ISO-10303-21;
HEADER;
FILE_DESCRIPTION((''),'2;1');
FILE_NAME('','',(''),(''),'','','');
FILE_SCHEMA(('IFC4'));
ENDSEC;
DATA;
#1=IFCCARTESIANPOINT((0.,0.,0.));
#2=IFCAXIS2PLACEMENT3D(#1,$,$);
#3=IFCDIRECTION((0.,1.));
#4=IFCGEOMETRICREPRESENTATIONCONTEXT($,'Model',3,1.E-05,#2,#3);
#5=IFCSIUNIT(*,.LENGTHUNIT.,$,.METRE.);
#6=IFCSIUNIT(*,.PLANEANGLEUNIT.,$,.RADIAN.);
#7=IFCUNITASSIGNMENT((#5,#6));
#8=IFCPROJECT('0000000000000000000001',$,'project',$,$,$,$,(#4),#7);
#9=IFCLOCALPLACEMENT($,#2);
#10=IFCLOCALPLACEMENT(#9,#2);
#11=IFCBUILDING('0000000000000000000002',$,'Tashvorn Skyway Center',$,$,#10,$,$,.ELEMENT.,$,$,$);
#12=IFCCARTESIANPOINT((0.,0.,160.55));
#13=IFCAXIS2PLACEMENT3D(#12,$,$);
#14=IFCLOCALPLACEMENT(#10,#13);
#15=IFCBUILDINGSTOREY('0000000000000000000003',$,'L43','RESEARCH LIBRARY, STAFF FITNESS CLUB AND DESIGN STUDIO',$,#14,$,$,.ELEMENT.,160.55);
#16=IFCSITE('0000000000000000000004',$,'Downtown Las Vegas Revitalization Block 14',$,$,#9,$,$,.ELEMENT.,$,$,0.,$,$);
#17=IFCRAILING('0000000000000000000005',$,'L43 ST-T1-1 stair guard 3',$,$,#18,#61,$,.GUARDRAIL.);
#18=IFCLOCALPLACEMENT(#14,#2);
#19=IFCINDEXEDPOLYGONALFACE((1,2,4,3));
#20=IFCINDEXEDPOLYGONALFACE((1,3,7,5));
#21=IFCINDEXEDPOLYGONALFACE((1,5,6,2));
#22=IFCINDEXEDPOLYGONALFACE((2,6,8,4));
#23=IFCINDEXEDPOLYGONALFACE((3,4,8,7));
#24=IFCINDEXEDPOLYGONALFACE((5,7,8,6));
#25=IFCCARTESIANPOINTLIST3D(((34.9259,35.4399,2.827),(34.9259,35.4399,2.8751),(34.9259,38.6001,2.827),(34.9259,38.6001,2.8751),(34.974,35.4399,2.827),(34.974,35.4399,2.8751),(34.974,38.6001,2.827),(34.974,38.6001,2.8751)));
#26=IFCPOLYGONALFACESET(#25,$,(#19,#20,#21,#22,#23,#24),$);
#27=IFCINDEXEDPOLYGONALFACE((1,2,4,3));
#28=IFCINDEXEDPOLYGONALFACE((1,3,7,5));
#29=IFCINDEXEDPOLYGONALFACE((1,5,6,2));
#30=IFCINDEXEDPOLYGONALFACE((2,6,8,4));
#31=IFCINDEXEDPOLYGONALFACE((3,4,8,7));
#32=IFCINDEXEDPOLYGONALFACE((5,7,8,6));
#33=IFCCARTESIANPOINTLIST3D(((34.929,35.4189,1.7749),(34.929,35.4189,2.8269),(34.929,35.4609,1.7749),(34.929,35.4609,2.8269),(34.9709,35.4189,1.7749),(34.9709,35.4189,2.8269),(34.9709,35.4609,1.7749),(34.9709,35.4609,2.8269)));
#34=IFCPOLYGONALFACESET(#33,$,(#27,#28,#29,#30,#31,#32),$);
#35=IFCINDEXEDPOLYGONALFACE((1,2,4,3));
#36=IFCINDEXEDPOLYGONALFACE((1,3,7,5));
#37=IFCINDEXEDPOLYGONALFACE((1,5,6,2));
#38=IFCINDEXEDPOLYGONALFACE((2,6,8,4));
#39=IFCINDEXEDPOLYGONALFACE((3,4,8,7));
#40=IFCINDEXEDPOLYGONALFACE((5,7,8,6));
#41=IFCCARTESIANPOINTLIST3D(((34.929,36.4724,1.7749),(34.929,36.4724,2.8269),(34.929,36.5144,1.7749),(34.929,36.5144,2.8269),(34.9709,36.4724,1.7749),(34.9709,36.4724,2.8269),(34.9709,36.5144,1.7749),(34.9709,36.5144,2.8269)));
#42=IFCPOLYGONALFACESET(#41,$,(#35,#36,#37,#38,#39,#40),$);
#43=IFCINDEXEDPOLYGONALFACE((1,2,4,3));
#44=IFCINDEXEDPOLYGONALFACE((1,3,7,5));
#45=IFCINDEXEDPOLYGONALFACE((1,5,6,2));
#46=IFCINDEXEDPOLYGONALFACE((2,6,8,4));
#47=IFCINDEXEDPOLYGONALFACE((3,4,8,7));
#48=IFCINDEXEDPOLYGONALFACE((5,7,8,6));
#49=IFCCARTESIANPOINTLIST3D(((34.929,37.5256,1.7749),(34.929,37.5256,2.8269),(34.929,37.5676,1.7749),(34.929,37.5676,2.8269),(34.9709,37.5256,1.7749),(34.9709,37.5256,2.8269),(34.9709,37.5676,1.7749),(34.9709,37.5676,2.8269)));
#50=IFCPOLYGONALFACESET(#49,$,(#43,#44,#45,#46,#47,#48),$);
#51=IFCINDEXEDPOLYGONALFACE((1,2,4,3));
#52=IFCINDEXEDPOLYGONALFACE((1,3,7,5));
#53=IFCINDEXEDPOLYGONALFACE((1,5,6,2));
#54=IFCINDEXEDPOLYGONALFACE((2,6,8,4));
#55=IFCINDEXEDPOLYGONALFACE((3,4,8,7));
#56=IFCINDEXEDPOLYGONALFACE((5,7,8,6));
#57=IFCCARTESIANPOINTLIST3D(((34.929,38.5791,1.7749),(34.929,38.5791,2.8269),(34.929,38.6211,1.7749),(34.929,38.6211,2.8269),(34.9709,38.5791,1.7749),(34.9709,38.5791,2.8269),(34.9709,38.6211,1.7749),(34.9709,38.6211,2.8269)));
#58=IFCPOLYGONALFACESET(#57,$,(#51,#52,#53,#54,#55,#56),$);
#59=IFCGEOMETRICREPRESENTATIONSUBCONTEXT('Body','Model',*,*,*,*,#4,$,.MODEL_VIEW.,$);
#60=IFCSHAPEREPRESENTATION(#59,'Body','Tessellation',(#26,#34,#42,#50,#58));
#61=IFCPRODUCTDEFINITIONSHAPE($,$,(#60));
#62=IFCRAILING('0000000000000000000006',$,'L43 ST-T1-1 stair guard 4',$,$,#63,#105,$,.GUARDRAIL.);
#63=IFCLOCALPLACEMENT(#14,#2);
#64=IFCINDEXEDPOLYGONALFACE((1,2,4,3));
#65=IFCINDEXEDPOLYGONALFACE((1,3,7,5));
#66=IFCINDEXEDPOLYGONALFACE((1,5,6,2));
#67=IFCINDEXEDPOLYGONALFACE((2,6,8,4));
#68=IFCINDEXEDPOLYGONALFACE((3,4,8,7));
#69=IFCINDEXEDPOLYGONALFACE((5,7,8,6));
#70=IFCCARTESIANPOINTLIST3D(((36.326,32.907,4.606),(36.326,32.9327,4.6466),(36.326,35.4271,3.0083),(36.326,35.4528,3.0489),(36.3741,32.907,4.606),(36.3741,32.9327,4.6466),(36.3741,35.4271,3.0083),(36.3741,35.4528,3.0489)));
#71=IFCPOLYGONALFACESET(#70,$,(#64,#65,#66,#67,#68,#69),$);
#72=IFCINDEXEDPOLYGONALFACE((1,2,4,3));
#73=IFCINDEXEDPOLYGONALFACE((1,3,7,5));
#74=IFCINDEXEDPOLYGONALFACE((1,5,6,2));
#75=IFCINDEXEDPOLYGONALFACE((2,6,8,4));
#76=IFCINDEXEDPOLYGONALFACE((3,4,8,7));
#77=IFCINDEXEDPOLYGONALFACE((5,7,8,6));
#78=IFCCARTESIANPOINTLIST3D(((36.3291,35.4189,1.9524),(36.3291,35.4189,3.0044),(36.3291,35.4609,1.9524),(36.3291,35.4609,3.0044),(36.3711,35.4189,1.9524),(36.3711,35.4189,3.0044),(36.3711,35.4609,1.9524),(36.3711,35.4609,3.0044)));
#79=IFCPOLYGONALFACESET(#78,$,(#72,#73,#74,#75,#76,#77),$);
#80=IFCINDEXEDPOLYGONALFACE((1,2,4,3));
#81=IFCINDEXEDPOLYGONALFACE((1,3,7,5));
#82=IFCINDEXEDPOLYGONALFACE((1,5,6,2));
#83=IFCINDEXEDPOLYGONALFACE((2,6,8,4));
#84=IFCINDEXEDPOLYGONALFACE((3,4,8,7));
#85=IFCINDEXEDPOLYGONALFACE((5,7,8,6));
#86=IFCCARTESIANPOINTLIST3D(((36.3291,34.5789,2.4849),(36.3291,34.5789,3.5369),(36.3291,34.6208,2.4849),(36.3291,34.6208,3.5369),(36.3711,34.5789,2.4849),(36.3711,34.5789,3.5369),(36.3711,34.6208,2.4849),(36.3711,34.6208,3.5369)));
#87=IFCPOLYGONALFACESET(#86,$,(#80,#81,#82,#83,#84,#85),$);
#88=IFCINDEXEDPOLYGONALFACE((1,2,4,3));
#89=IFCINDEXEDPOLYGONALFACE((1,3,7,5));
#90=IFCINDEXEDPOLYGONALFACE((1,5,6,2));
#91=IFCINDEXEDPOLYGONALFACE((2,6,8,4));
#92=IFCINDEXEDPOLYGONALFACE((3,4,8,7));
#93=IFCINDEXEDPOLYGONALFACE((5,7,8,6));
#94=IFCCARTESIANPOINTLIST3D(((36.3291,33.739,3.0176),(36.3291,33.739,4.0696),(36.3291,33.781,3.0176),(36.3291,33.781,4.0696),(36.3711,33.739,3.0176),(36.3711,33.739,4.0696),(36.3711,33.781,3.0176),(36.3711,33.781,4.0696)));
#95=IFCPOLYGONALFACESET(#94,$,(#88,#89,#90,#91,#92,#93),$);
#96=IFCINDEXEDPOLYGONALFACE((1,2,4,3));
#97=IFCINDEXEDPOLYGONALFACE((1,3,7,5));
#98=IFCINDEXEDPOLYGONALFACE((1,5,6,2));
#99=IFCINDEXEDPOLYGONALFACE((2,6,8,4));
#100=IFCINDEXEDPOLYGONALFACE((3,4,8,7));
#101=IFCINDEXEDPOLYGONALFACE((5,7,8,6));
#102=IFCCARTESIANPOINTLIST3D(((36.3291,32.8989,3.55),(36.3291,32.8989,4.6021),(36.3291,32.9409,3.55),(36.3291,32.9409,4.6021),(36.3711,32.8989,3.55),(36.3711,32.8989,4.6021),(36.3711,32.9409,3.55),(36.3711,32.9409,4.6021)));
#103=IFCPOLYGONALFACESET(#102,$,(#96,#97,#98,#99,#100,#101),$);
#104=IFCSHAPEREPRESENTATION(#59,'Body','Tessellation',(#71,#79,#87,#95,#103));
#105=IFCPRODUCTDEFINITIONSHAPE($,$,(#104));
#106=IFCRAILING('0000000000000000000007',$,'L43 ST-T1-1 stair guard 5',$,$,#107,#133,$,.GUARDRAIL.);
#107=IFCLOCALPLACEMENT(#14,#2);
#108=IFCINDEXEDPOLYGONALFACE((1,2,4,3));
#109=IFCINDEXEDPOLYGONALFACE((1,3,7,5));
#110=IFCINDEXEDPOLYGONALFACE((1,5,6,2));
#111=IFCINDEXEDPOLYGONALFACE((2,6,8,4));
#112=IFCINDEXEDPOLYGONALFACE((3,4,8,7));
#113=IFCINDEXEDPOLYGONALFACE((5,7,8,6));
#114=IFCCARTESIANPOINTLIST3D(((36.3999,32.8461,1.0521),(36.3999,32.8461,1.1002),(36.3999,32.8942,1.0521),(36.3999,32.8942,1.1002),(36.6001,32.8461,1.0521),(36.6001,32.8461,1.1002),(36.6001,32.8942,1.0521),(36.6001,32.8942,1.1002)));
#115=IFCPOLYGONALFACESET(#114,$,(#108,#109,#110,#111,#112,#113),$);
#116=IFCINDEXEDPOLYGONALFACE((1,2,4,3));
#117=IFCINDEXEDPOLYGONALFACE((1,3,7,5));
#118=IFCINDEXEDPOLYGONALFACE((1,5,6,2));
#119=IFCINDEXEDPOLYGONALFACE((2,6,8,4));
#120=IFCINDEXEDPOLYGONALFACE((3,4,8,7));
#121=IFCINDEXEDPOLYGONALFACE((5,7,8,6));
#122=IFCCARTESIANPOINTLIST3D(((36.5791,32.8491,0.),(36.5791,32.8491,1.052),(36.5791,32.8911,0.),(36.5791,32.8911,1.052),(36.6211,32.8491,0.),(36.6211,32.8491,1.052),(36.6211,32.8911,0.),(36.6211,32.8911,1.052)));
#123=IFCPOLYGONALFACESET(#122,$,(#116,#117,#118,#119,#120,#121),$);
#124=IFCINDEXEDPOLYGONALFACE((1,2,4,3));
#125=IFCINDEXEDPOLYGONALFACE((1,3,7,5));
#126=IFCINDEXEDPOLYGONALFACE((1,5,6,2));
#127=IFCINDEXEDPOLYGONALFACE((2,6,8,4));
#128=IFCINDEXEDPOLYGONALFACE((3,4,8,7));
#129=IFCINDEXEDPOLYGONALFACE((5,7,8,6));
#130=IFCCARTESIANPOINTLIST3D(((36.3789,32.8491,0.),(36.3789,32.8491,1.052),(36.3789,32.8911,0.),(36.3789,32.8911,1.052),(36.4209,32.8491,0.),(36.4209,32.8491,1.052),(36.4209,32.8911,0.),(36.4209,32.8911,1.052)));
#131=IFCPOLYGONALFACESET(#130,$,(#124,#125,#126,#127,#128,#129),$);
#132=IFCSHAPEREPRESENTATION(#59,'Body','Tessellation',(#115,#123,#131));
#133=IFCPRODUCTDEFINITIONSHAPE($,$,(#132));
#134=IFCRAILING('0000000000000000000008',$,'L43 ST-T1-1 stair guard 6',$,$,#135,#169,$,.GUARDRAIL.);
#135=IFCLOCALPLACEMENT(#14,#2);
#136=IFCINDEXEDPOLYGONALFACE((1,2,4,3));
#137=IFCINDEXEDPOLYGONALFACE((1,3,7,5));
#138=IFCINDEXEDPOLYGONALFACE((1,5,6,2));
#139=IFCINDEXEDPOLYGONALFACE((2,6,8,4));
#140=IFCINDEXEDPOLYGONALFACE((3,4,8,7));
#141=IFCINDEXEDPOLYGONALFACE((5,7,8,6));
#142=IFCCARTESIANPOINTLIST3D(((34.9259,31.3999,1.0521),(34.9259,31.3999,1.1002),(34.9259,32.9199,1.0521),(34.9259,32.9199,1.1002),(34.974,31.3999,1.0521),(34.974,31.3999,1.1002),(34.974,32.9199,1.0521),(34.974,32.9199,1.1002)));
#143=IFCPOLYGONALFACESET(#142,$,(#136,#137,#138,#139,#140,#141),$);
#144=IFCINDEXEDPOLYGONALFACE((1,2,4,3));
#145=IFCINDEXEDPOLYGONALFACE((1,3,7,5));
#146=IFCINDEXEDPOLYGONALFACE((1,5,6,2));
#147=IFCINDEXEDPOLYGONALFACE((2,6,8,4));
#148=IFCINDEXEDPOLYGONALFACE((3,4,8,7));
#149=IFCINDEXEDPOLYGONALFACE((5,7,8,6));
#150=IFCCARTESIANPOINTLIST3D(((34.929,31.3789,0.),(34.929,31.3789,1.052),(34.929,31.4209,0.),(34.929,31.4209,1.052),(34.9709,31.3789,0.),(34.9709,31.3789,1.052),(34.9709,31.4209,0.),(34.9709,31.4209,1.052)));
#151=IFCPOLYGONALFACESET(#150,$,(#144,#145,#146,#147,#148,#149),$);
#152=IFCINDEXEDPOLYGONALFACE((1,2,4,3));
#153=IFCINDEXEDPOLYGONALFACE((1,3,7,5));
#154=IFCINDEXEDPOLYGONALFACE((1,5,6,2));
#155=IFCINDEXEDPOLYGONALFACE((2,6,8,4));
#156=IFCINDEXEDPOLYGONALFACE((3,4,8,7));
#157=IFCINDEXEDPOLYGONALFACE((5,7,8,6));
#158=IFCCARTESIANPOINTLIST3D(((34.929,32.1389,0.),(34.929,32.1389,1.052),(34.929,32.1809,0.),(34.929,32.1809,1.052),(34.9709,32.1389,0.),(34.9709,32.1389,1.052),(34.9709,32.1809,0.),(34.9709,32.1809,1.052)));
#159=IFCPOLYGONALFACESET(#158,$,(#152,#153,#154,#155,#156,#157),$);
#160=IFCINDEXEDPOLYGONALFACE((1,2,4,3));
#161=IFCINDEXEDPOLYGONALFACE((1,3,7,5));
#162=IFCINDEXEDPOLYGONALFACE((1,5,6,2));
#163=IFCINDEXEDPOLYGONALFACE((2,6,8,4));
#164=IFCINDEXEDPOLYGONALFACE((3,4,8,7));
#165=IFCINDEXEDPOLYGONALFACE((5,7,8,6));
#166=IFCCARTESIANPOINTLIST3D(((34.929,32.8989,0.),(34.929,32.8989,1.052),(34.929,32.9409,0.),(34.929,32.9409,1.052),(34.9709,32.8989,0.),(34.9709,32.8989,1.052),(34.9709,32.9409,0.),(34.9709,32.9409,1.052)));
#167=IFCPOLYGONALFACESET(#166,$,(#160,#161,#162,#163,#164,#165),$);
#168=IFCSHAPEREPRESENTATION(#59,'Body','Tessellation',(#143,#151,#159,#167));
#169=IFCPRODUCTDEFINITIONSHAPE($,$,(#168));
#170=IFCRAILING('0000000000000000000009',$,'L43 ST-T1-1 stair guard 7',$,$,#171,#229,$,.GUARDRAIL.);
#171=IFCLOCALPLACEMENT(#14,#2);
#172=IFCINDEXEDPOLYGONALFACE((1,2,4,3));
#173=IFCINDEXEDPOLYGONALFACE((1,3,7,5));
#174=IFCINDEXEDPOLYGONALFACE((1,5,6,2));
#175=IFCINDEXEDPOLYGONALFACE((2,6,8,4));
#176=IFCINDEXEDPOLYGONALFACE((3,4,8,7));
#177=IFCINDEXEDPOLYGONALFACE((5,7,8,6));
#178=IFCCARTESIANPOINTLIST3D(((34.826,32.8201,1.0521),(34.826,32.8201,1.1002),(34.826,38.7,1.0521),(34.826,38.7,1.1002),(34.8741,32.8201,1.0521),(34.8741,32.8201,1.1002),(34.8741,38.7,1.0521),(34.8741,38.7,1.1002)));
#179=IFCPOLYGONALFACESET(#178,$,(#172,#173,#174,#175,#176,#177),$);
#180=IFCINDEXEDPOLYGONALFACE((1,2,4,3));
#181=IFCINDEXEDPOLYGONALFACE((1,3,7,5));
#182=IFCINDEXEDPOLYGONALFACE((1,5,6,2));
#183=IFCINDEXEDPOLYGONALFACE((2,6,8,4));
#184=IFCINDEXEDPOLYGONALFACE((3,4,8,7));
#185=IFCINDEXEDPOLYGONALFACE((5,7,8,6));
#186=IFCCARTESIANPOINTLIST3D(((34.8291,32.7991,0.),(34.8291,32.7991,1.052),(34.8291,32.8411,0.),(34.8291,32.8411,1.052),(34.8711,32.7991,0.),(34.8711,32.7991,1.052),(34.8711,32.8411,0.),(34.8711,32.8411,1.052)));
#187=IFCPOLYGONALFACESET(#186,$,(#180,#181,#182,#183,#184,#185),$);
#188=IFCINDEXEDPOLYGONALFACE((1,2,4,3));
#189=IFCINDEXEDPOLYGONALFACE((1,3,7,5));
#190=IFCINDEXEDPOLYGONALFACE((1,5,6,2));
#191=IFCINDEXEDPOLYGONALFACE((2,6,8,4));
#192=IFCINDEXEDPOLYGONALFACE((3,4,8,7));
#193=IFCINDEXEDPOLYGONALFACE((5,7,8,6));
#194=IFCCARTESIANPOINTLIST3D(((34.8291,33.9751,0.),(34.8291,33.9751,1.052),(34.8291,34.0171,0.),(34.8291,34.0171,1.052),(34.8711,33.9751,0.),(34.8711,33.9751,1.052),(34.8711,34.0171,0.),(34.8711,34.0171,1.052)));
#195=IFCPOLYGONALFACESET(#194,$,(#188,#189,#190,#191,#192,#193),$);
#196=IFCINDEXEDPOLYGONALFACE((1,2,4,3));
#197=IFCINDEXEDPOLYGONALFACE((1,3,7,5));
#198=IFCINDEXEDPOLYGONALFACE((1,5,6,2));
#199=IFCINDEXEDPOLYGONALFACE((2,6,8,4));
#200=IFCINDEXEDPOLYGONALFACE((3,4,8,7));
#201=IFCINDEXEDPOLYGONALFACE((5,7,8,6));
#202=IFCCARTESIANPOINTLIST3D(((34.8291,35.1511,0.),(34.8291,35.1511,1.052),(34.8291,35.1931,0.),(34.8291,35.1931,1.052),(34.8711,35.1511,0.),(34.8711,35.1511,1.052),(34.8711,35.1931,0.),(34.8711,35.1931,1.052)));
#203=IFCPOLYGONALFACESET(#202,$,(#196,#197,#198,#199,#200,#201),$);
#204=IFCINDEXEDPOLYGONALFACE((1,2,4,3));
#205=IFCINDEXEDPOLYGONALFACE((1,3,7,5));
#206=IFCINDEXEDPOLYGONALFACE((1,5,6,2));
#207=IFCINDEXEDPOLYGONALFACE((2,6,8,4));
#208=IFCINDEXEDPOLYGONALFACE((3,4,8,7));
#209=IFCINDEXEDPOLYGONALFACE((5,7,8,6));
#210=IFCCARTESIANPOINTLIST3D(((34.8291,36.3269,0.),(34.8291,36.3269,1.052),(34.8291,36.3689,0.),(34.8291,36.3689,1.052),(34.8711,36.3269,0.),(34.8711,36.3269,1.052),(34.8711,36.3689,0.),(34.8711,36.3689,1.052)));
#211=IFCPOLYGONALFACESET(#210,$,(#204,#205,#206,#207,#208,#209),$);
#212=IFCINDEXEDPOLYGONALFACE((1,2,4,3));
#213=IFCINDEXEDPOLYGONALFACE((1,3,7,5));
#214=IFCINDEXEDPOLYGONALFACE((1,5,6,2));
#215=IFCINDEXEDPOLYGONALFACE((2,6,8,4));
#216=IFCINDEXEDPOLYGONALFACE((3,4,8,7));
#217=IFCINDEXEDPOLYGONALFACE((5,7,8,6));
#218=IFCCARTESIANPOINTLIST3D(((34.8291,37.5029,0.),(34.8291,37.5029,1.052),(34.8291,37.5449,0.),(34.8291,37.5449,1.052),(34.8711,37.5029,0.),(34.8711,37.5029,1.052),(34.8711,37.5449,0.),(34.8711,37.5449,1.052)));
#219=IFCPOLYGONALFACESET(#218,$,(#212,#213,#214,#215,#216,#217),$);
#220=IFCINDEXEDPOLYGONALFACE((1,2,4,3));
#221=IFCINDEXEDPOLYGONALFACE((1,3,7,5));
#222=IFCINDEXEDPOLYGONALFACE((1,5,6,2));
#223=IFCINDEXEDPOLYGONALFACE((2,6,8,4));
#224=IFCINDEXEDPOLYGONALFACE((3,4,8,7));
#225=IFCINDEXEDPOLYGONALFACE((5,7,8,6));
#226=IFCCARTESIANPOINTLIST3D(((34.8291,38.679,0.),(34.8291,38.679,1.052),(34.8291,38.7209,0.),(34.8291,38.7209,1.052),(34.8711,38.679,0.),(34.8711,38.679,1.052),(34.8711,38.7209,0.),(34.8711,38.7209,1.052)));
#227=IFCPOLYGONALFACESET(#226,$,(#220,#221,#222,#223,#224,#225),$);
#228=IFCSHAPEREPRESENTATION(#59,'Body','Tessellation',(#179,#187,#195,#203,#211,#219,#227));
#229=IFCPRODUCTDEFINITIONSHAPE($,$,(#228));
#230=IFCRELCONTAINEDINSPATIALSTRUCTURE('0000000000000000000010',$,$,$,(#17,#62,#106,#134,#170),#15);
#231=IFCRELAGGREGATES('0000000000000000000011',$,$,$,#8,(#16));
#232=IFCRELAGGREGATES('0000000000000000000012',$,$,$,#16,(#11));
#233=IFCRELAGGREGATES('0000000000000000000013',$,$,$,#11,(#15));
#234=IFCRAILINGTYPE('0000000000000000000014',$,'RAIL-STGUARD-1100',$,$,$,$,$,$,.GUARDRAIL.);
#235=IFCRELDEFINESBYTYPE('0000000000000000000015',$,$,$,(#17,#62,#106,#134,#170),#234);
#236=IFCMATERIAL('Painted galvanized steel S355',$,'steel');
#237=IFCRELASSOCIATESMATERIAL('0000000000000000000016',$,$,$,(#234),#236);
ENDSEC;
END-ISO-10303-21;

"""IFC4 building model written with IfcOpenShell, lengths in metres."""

from ifc_helpers import new_model, si_unit, direction, frame, origin, origin_2d, place, context, subcontext, project, spatial, rectangle, extrude, material, type_object, element, save


model = new_model("IFC4")

# Units and contexts
model_context = context("Model", 3, precision=1e-05, world=origin(), true_north=direction((0.0, 1.0)))
body_context = subcontext(model_context, "Body", "Model", "MODEL_VIEW")
ifc_project = project(units=[si_unit("LENGTHUNIT", "METRE"), si_unit("PLANEANGLEUNIT", "RADIAN")], contexts=[model_context])

# Site, building, storey
site_placement = place(None, origin())
site = spatial("IfcSite", under=ifc_project, at=site_placement, Name="Downtown Las Vegas Revitalization Block 14", CompositionType="ELEMENT", RefElevation=0.0)
building_placement = place(site_placement, origin())
building = spatial("IfcBuilding", under=site, at=building_placement, Name="Tashvorn Skyway Center", CompositionType="ELEMENT")
storey_placement = place(building_placement, frame((0.0, 0.0, 160.55)))
storey = spatial("IfcBuildingStorey", under=building, at=storey_placement, Name="L43", Description="RESEARCH LIBRARY, STAFF FITNESS CLUB AND DESIGN STUDIO", CompositionType="ELEMENT", Elevation=160.55)

# Railings
ifc_material_1 = material(Name="Painted galvanized steel S355", Category="steel")
railing_type_1 = type_object("IfcRailingType", Name="RAIL-STGUARD-1100", PredefinedType="GUARDRAIL", material=ifc_material_1)
railing_1_placement = place(storey_placement, frame((34.95, 35.4399, 1.7749)))
element("IfcRailing", 1, at=railing_1_placement, inside=storey, type_object=railing_type_1, Name="L43 ST-T1-1 stair guard 3", PredefinedType="GUARDRAIL", context=body_context, shape_type="SweptSolid", body=[
    extrude(rectangle(XDim=0.0481, YDim=0.0481, at=origin_2d()), frame((0.0, 0.0, 1.0762), z_axis=(0.0, 1.0, 0.0), x_axis=(-1.0, 0.0, 0.0)), (0.0, 0.0, 1.0), 3.1602),
    extrude(rectangle(XDim=0.042, YDim=0.042, at=origin_2d()), origin(), (0.0, 0.0, 1.0), 1.052),
    extrude(rectangle(XDim=0.042, YDim=0.042, at=origin_2d()), frame((0.0, 1.0535, 0.0)), (0.0, 0.0, 1.0), 1.052),
    extrude(rectangle(XDim=0.042, YDim=0.042, at=origin_2d()), frame((0.0, 2.1067, 0.0)), (0.0, 0.0, 1.0), 1.052),
    extrude(rectangle(XDim=0.042, YDim=0.042, at=origin_2d()), frame((0.0, 3.1602, 0.0)), (0.0, 0.0, 1.0), 1.052),
])
railing_2_placement = place(storey_placement, frame((36.3501, 35.4399, 1.9524)))
element("IfcRailing", 2, at=railing_2_placement, inside=storey, type_object=railing_type_1, Name="L43 ST-T1-1 stair guard 4", PredefinedType="GUARDRAIL", context=body_context, shape_type="SweptSolid", body=[
    extrude(rectangle(XDim=0.0481, YDim=0.0481, at=origin_2d()), frame((0.0, 0.0, 1.0762), z_axis=(0.0, -0.84457, 0.535445), x_axis=(1.0, 0.0, 0.0)), (0.0, 0.0, 1.0), 2.9839),
    extrude(rectangle(XDim=0.042, YDim=0.042, at=origin_2d()), origin(), (0.0, 0.0, 1.0), 1.052),
    extrude(rectangle(XDim=0.042, YDim=0.042, at=origin_2d()), frame((0.0, -0.8401, 0.5325)), (0.0, 0.0, 1.0), 1.052),
    extrude(rectangle(XDim=0.042, YDim=0.042, at=origin_2d()), frame((0.0, -1.6799, 1.0652)), (0.0, 0.0, 1.0), 1.052),
    extrude(rectangle(XDim=0.042, YDim=0.042, at=origin_2d()), frame((0.0, -2.52, 1.5977)), (0.0, 0.0, 1.0), 1.052),
])
railing_3_placement = place(storey_placement, frame((36.6001, 32.8701, 0.0)))
element("IfcRailing", 3, at=railing_3_placement, inside=storey, type_object=railing_type_1, Name="L43 ST-T1-1 stair guard 5", PredefinedType="GUARDRAIL", context=body_context, shape_type="SweptSolid", body=[
    extrude(rectangle(XDim=0.0481, YDim=0.0481, at=origin_2d()), frame((0.0, 0.0, 1.0762), z_axis=(-1.0, 0.0, 0.0), x_axis=(0.0, -1.0, 0.0)), (0.0, 0.0, 1.0), 0.2002),
    extrude(rectangle(XDim=0.042, YDim=0.042, at=origin_2d()), origin(), (0.0, 0.0, 1.0), 1.052),
    extrude(rectangle(XDim=0.042, YDim=0.042, at=origin_2d()), frame((-0.2002, 0.0, 0.0)), (0.0, 0.0, 1.0), 1.052),
])
railing_4_placement = place(storey_placement, frame((34.95, 31.3999, 0.0)))
element("IfcRailing", 4, at=railing_4_placement, inside=storey, type_object=railing_type_1, Name="L43 ST-T1-1 stair guard 6", PredefinedType="GUARDRAIL", context=body_context, shape_type="SweptSolid", body=[
    extrude(rectangle(XDim=0.0481, YDim=0.0481, at=origin_2d()), frame((0.0, 0.0, 1.0762), z_axis=(0.0, 1.0, 0.0), x_axis=(-1.0, 0.0, 0.0)), (0.0, 0.0, 1.0), 1.52),
    extrude(rectangle(XDim=0.042, YDim=0.042, at=origin_2d()), origin(), (0.0, 0.0, 1.0), 1.052),
    extrude(rectangle(XDim=0.042, YDim=0.042, at=origin_2d()), frame((0.0, 0.76, 0.0)), (0.0, 0.0, 1.0), 1.052),
    extrude(rectangle(XDim=0.042, YDim=0.042, at=origin_2d()), frame((0.0, 1.52, 0.0)), (0.0, 0.0, 1.0), 1.052),
])
railing_5_placement = place(storey_placement, frame((34.8501, 32.8201, 0.0)))
element("IfcRailing", 5, at=railing_5_placement, inside=storey, type_object=railing_type_1, Name="L43 ST-T1-1 stair guard 7", PredefinedType="GUARDRAIL", context=body_context, shape_type="SweptSolid", body=[
    extrude(rectangle(XDim=0.0481, YDim=0.0481, at=origin_2d()), frame((0.0, 0.0, 1.0762), z_axis=(0.0, 1.0, 0.0), x_axis=(-1.0, 0.0, 0.0)), (0.0, 0.0, 1.0), 5.8799),
    extrude(rectangle(XDim=0.042, YDim=0.042, at=origin_2d()), origin(), (0.0, 0.0, 1.0), 1.052),
    extrude(rectangle(XDim=0.042, YDim=0.042, at=origin_2d()), frame((0.0, 1.176, 0.0)), (0.0, 0.0, 1.0), 1.052),
    extrude(rectangle(XDim=0.042, YDim=0.042, at=origin_2d()), frame((0.0, 2.3521, 0.0)), (0.0, 0.0, 1.0), 1.052),
    extrude(rectangle(XDim=0.042, YDim=0.042, at=origin_2d()), frame((0.0, 3.5278, 0.0)), (0.0, 0.0, 1.0), 1.052),
    extrude(rectangle(XDim=0.042, YDim=0.042, at=origin_2d()), frame((0.0, 4.7039, 0.0)), (0.0, 0.0, 1.0), 1.052),
    extrude(rectangle(XDim=0.042, YDim=0.042, at=origin_2d()), frame((0.0, 5.8799, 0.0)), (0.0, 0.0, 1.0), 1.052),
])

save(model, "model.ifc")
